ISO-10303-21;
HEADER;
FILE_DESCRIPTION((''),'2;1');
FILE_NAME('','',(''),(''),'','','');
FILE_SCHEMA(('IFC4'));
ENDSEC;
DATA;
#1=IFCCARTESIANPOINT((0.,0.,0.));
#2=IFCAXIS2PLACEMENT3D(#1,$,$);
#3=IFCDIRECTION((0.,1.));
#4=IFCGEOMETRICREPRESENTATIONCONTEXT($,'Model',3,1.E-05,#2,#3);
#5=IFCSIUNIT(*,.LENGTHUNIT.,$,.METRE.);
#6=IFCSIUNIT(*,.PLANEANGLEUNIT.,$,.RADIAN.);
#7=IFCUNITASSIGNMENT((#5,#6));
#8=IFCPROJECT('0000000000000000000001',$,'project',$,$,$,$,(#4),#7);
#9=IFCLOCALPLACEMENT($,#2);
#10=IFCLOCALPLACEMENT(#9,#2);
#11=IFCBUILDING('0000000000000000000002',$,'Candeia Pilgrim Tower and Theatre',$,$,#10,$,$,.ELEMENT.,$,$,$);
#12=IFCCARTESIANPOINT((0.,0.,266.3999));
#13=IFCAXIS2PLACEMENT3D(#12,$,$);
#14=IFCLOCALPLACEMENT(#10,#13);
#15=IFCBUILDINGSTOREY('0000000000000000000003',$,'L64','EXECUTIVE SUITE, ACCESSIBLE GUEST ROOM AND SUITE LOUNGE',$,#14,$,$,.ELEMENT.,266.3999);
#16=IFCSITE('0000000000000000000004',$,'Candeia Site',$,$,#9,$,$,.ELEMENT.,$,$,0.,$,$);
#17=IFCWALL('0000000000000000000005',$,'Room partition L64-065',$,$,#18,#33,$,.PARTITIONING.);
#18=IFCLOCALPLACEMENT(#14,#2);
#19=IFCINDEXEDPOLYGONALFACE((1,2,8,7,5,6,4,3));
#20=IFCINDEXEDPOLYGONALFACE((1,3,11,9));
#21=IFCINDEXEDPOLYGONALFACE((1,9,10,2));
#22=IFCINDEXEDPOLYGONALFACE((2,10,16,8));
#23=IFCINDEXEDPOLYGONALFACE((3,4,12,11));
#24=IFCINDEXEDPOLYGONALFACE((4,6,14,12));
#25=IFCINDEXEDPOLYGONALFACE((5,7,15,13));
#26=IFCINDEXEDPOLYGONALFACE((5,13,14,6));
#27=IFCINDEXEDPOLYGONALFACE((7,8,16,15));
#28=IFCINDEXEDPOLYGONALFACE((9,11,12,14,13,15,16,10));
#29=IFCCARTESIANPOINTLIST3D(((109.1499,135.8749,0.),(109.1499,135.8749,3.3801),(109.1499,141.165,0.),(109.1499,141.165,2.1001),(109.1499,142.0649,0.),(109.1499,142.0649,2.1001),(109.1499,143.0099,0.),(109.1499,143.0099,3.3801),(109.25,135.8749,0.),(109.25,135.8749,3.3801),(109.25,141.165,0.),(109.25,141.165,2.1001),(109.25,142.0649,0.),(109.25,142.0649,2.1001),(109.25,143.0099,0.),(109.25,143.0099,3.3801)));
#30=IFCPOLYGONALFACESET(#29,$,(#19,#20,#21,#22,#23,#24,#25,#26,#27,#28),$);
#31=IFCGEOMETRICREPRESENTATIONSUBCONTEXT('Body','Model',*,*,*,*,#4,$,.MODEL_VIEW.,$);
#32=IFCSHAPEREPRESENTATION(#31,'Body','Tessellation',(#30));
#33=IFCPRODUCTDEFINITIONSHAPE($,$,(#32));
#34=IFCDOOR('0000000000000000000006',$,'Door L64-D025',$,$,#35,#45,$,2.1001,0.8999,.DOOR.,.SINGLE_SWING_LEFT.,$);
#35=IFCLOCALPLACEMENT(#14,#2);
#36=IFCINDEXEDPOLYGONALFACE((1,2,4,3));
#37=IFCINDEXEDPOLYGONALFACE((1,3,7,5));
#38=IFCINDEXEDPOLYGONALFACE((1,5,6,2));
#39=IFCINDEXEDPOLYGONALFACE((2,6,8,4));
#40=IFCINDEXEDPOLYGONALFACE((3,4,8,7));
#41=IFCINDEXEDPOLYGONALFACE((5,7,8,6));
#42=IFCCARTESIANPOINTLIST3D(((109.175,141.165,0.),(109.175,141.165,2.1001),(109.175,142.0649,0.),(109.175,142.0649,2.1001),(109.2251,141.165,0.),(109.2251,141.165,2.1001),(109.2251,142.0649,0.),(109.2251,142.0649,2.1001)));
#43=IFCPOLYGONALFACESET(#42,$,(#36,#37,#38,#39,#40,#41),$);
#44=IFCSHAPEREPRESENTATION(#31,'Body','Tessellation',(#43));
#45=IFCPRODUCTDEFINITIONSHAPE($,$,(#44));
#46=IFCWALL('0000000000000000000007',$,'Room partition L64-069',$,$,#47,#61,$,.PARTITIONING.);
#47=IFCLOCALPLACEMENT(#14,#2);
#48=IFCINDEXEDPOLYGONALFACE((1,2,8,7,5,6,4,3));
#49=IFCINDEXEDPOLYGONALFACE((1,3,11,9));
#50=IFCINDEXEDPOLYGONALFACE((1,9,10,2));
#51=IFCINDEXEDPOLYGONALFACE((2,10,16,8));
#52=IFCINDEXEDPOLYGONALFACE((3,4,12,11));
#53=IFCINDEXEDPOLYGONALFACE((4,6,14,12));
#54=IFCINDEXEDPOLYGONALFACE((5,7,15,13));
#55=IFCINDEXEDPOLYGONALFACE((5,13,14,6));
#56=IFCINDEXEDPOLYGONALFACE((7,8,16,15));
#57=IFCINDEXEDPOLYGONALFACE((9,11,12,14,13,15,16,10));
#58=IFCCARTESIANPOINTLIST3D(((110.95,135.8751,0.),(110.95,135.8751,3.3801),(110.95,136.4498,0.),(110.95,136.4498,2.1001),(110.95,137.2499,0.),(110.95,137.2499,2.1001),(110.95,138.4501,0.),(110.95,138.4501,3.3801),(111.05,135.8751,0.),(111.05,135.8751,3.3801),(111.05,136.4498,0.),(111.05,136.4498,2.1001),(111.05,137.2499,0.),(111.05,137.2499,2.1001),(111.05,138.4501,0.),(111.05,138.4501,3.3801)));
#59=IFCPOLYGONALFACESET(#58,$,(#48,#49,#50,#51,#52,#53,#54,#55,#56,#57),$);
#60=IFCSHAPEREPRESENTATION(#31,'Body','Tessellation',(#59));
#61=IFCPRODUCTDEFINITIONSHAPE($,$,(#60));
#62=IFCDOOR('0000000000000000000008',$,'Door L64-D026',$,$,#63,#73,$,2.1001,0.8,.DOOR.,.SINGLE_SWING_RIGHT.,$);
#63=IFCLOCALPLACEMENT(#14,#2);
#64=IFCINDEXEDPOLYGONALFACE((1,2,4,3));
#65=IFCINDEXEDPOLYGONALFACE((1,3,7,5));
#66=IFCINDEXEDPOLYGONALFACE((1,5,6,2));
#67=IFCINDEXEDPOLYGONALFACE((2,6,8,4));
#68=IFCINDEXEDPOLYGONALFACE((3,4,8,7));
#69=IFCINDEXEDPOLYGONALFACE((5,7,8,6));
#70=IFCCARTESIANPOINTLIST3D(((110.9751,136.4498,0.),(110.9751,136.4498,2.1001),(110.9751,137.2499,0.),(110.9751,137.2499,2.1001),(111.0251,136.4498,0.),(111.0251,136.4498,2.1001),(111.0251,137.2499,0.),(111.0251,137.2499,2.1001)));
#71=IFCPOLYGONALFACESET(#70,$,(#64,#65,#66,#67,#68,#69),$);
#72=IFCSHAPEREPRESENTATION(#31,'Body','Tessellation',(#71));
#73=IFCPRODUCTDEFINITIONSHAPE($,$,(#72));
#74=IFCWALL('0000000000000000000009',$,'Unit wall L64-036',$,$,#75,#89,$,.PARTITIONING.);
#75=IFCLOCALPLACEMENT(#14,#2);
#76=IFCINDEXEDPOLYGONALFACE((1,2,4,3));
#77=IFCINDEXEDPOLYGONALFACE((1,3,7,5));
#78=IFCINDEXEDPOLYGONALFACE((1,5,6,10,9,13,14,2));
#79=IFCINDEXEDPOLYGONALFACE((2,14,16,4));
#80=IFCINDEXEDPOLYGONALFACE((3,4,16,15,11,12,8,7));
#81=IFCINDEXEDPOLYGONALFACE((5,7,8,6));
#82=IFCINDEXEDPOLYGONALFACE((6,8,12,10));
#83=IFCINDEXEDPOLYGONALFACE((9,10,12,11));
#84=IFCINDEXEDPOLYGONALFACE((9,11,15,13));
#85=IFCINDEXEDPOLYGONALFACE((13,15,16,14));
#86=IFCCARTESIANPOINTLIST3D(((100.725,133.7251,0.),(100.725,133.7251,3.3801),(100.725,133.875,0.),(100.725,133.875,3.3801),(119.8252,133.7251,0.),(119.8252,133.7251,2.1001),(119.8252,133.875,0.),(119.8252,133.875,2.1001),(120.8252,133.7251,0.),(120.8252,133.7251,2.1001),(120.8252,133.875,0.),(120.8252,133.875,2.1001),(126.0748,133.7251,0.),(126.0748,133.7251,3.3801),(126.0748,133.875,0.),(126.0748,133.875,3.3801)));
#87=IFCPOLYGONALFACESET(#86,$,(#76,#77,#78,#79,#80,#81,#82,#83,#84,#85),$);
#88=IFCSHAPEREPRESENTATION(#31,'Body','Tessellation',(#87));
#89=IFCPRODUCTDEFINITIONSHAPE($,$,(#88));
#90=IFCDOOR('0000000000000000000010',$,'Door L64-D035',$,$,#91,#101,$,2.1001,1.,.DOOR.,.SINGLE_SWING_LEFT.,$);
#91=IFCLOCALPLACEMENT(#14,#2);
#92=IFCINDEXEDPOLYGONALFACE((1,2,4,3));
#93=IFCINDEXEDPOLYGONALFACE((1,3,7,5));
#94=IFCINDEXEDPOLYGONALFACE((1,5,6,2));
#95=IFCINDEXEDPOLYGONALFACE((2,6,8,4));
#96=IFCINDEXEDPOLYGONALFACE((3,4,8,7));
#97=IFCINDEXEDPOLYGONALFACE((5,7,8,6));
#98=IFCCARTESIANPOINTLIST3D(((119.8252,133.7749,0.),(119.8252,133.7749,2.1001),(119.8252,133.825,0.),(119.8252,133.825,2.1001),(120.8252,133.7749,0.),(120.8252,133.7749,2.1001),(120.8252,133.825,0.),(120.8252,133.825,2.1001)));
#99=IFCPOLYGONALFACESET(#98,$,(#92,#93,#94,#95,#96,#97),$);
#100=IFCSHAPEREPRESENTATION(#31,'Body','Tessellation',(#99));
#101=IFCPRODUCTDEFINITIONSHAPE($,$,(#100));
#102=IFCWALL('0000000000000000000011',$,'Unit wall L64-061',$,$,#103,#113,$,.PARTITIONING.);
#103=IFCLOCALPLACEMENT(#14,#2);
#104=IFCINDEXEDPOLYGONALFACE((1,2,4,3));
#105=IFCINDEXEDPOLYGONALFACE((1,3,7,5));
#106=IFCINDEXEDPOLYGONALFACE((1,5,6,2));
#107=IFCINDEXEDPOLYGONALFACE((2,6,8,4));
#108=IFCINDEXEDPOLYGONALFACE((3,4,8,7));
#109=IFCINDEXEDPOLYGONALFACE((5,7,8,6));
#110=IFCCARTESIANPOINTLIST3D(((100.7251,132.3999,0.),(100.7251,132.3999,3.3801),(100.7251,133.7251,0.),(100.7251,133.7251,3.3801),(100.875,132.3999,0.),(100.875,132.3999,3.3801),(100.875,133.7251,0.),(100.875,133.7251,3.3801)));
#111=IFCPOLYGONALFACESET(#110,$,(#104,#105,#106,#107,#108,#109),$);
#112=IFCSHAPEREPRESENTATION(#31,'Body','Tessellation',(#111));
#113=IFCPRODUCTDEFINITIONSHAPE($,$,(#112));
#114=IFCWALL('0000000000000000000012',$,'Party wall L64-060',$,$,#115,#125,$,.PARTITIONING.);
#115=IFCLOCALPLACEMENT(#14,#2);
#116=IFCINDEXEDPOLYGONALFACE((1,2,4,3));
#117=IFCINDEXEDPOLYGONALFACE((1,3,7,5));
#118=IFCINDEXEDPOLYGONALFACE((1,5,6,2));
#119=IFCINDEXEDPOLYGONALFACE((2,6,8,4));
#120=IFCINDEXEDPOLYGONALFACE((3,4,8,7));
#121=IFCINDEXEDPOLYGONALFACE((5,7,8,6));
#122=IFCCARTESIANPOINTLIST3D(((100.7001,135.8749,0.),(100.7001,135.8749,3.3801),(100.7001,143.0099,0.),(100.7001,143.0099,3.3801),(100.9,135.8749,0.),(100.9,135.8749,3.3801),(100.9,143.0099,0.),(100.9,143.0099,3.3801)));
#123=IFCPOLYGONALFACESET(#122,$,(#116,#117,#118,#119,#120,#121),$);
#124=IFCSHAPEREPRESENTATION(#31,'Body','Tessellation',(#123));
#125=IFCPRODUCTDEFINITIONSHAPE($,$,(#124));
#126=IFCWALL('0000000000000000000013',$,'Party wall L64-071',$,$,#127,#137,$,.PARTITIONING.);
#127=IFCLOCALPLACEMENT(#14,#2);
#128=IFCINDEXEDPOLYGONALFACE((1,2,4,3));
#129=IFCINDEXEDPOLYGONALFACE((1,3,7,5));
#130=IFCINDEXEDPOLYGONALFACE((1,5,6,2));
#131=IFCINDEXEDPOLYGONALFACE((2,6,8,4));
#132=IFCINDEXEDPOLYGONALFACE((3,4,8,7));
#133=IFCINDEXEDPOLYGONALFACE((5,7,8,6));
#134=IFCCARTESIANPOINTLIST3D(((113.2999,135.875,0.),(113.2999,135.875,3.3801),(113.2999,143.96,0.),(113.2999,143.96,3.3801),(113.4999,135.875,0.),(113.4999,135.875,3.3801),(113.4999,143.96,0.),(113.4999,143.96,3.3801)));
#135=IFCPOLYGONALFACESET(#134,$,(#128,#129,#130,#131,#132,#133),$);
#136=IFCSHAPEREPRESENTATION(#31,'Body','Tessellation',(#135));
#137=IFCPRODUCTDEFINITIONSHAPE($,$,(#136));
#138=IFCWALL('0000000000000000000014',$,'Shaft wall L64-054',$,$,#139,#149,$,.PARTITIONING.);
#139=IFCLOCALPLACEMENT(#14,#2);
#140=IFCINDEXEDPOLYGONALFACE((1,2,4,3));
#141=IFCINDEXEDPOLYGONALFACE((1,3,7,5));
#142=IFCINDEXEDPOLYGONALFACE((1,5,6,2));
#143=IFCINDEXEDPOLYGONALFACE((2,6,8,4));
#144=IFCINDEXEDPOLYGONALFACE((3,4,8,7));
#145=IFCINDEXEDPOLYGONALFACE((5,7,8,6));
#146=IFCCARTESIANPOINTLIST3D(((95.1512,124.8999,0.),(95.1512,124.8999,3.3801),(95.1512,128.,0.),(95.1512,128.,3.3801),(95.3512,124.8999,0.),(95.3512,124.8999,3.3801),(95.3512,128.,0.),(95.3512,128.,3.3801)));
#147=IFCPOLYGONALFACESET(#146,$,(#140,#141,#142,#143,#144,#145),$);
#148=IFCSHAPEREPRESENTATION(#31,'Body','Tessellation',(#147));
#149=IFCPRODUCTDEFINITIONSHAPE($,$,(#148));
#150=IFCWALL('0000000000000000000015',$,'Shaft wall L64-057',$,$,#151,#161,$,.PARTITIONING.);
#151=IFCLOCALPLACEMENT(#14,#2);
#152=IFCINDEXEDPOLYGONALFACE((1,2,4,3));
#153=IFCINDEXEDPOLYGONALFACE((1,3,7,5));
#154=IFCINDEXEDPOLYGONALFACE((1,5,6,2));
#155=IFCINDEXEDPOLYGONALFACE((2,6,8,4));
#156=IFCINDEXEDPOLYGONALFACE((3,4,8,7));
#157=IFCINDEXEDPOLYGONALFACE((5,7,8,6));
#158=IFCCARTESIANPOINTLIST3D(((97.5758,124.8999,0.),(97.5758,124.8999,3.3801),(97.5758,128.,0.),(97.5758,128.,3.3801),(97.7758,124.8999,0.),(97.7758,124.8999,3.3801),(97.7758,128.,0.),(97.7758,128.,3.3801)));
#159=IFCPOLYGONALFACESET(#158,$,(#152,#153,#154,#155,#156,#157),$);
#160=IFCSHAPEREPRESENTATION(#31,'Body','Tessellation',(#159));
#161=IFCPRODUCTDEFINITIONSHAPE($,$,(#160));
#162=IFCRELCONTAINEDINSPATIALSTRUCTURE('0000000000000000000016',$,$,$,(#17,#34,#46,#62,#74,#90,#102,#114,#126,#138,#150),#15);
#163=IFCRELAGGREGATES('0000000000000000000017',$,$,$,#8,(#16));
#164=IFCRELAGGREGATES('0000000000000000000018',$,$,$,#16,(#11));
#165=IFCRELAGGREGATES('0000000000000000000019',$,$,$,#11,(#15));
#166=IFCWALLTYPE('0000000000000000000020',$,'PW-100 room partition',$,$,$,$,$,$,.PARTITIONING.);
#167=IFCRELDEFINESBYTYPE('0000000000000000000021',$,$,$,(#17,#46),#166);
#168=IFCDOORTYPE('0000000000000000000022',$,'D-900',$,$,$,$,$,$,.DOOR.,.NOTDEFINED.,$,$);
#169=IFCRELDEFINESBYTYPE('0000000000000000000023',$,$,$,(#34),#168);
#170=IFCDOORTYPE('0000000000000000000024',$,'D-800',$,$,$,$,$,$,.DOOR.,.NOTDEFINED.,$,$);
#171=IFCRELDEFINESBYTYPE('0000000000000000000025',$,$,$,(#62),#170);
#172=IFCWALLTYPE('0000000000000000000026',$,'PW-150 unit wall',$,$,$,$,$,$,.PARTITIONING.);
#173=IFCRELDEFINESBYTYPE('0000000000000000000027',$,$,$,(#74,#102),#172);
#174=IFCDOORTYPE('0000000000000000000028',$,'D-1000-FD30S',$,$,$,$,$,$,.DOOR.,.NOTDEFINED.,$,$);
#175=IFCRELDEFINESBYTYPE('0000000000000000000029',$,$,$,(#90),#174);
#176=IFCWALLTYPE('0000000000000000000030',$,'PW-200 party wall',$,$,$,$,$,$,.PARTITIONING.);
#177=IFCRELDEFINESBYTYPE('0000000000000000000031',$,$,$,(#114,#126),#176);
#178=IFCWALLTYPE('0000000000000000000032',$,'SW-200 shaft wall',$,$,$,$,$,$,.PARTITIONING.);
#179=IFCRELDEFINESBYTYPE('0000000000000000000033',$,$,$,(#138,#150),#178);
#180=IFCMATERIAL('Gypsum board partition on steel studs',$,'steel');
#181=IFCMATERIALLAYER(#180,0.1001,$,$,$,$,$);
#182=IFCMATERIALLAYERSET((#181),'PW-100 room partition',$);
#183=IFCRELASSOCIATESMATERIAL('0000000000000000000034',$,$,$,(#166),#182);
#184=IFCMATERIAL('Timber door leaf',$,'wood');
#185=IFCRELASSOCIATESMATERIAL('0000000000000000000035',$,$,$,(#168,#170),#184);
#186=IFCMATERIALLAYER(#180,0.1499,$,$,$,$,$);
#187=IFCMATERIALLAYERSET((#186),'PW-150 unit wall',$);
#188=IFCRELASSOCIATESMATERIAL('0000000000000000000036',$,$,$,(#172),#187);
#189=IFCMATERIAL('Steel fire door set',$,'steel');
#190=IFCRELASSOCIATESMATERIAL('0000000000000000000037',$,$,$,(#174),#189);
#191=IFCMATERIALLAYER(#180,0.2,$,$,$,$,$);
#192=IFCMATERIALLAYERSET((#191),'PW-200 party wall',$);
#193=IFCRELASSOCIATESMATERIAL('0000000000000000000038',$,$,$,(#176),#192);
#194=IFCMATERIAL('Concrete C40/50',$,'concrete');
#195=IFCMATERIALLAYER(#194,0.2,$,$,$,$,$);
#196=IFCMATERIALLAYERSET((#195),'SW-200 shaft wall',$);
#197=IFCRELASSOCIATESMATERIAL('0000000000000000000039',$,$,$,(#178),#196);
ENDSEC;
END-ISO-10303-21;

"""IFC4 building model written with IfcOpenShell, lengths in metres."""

from ifc_helpers import new_model, si_unit, direction, frame, frame_2d, origin, place, context, subcontext, project, spatial, rectangle, extrude, material, layer, layer_set, type_object, element, fill, save


model = new_model("IFC4")

# Units and contexts
model_context = context("Model", 3, precision=1e-05, world=origin(), true_north=direction((0.0, 1.0)))
body_context = subcontext(model_context, "Body", "Model", "MODEL_VIEW")
ifc_project = project(units=[si_unit("LENGTHUNIT", "METRE"), si_unit("PLANEANGLEUNIT", "RADIAN")], contexts=[model_context])

# Site, building, storey
site_placement = place(None, origin())
site = spatial("IfcSite", under=ifc_project, at=site_placement, Name="Candeia Site", CompositionType="ELEMENT", RefElevation=0.0)
building_placement = place(site_placement, origin())
building = spatial("IfcBuilding", under=site, at=building_placement, Name="Candeia Pilgrim Tower and Theatre", CompositionType="ELEMENT")
storey_placement = place(building_placement, frame((0.0, 0.0, 266.3999)))
storey = spatial("IfcBuildingStorey", under=building, at=storey_placement, Name="L64", Description="EXECUTIVE SUITE, ACCESSIBLE GUEST ROOM AND SUITE LOUNGE", CompositionType="ELEMENT", Elevation=266.3999)

# Shared definitions
ifc_material_1 = material(Name="Concrete C40/50", Category="concrete")

# Shared definitions
ifc_material_2 = material(Name="Steel fire door set", Category="steel")

# Shared definitions
ifc_material_3 = material(Name="Gypsum board partition on steel studs", Category="steel")
ifc_layer_1 = layer(ifc_material_3, 0.1001)
ifc_layer_set_1 = layer_set([ifc_layer_1], Name="PW-100 room partition")
wall_type_1 = type_object("IfcWallType", Name="PW-100 room partition", PredefinedType="PARTITIONING", material=ifc_layer_set_1)

# Walls, openings, doors
ifc_material_4 = material(Name="Timber door leaf", Category="wood")
door_type_1 = type_object("IfcDoorType", Name="D-900", OperationType="NOTDEFINED", PredefinedType="DOOR", material=ifc_material_4)
wall_1_placement = place(storey_placement, frame((109.2, 135.875, 0.0), z_axis=(0.0, 0.0, 1.0), x_axis=(0.0, 1.0, 0.0)))
wall_1 = element("IfcWall", 1, at=wall_1_placement, inside=storey, type_object=wall_type_1, Name="Room partition L64-065", PredefinedType="PARTITIONING", context=body_context, shape_type="SweptSolid", body=[
    extrude(rectangle(XDim=7.135, YDim=0.1001, at=frame_2d((3.5674, 0.0))), origin(), (0.0, 0.0, 1.0), 3.3801),
])
opening_1_placement = place(wall_1_placement, frame((5.29, 0.0, 0.0)))
opening_1 = element("IfcOpeningElement", 2, at=opening_1_placement, cuts=wall_1, PredefinedType="OPENING", context=body_context, shape_type="SweptSolid", body=[
    extrude(rectangle(XDim=0.8999, YDim=2.1001, at=frame_2d((0.45, 1.05))), frame((0.0, 0.0601, 0.0), z_axis=(0.0, -1.0, 0.0), x_axis=(1.0, 0.0, 0.0)), (0.0, 0.0, 1.0), 0.1201),
])
door_1_placement = place(opening_1_placement, origin())
door_1 = element("IfcDoor", 3, at=door_1_placement, inside=storey, type_object=door_type_1, Name="Door L64-D025", OperationType="SINGLE_SWING_LEFT", OverallHeight=2.1001, OverallWidth=0.8999, PredefinedType="DOOR", context=body_context, shape_type="SweptSolid", body=[
    extrude(rectangle(XDim=0.8999, YDim=2.1001, at=frame_2d((0.45, 1.05))), frame((0.0, 0.0249, 0.0), z_axis=(0.0, -1.0, 0.0), x_axis=(1.0, 0.0, 0.0)), (0.0, 0.0, 1.0), 0.05),
])
fill(opening_1, door_1)
wall_2_placement = place(storey_placement, frame((111.0, 135.875, 0.0), z_axis=(0.0, 0.0, 1.0), x_axis=(0.0, 1.0, 0.0)))
wall_2 = element("IfcWall", 4, at=wall_2_placement, inside=storey, type_object=wall_type_1, Name="Room partition L64-069", PredefinedType="PARTITIONING", context=body_context, shape_type="SweptSolid", body=[
    extrude(rectangle(XDim=2.575, YDim=0.1001, at=frame_2d((1.2876, 0.0))), origin(), (0.0, 0.0, 1.0), 3.3801),
])
opening_2_placement = place(wall_2_placement, frame((0.575, 0.0, 0.0)))
opening_2 = element("IfcOpeningElement", 5, at=opening_2_placement, cuts=wall_2, PredefinedType="OPENING", context=body_context, shape_type="SweptSolid", body=[
    extrude(rectangle(XDim=0.8, YDim=2.1001, at=frame_2d((0.3999, 1.05))), frame((0.0, 0.0601, 0.0), z_axis=(0.0, -1.0, 0.0), x_axis=(1.0, 0.0, 0.0)), (0.0, 0.0, 1.0), 0.1201),
])
door_type_2 = type_object("IfcDoorType", Name="D-800", OperationType="NOTDEFINED", PredefinedType="DOOR", material=ifc_material_4)
door_2_placement = place(opening_2_placement, origin())
door_2 = element("IfcDoor", 6, at=door_2_placement, inside=storey, type_object=door_type_2, Name="Door L64-D026", OperationType="SINGLE_SWING_RIGHT", OverallHeight=2.1001, OverallWidth=0.8, PredefinedType="DOOR", context=body_context, shape_type="SweptSolid", body=[
    extrude(rectangle(XDim=0.8, YDim=2.1001, at=frame_2d((0.3999, 1.05))), frame((0.0, 0.0249, 0.0), z_axis=(0.0, -1.0, 0.0), x_axis=(1.0, 0.0, 0.0)), (0.0, 0.0, 1.0), 0.05),
])
fill(opening_2, door_2)
ifc_layer_2 = layer(ifc_material_3, 0.1499)
ifc_layer_set_2 = layer_set([ifc_layer_2], Name="PW-150 unit wall")
wall_type_2 = type_object("IfcWallType", Name="PW-150 unit wall", PredefinedType="PARTITIONING", material=ifc_layer_set_2)
wall_3_placement = place(storey_placement, frame((100.7251, 133.8, 0.0), z_axis=(0.0, 0.0, 1.0), x_axis=(1.0, 0.0, 0.0)))
wall_3 = element("IfcWall", 7, at=wall_3_placement, inside=storey, type_object=wall_type_2, Name="Unit wall L64-036", PredefinedType="PARTITIONING", context=body_context, shape_type="SweptSolid", body=[
    extrude(rectangle(XDim=25.3499, YDim=0.1499, at=frame_2d((12.6748, 0.0))), origin(), (0.0, 0.0, 1.0), 3.3801),
])
opening_3_placement = place(wall_3_placement, frame((19.1001, 0.0, 0.0)))
opening_3 = element("IfcOpeningElement", 8, at=opening_3_placement, cuts=wall_3, PredefinedType="OPENING", context=body_context, shape_type="SweptSolid", body=[
    extrude(rectangle(XDim=1.0, YDim=2.1001, at=frame_2d((0.5, 1.05))), frame((0.0, 0.085, 0.0), z_axis=(0.0, -1.0, 0.0), x_axis=(1.0, 0.0, 0.0)), (0.0, 0.0, 1.0), 0.1699),
])
door_type_3 = type_object("IfcDoorType", Name="D-1000-FD30S", OperationType="NOTDEFINED", PredefinedType="DOOR", material=ifc_material_2)
door_3_placement = place(opening_3_placement, origin())
door_3 = element("IfcDoor", 9, at=door_3_placement, inside=storey, type_object=door_type_3, Name="Door L64-D035", OperationType="SINGLE_SWING_LEFT", OverallHeight=2.1001, OverallWidth=1.0, PredefinedType="DOOR", context=body_context, shape_type="SweptSolid", body=[
    extrude(rectangle(XDim=1.0, YDim=2.1001, at=frame_2d((0.5, 1.05))), frame((0.0, 0.0249, 0.0), z_axis=(0.0, -1.0, 0.0), x_axis=(1.0, 0.0, 0.0)), (0.0, 0.0, 1.0), 0.05),
])
fill(opening_3, door_3)

# Walls
wall_4_placement = place(storey_placement, frame((100.8, 132.3999, 0.0), z_axis=(0.0, 0.0, 1.0), x_axis=(0.0, 1.0, 0.0)))
element("IfcWall", 10, at=wall_4_placement, inside=storey, type_object=wall_type_2, Name="Unit wall L64-061", PredefinedType="PARTITIONING", context=body_context, shape_type="SweptSolid", body=[
    extrude(rectangle(XDim=1.3252, YDim=0.1499, at=frame_2d((0.6626, 0.0))), origin(), (0.0, 0.0, 1.0), 3.3801),
])
ifc_layer_3 = layer(ifc_material_3, 0.2)
ifc_layer_set_3 = layer_set([ifc_layer_3], Name="PW-200 party wall")
wall_type_3 = type_object("IfcWallType", Name="PW-200 party wall", PredefinedType="PARTITIONING", material=ifc_layer_set_3)
wall_5_placement = place(storey_placement, frame((100.8, 135.875, 0.0), z_axis=(0.0, 0.0, 1.0), x_axis=(0.0, 1.0, 0.0)))
element("IfcWall", 11, at=wall_5_placement, inside=storey, type_object=wall_type_3, Name="Party wall L64-060", PredefinedType="PARTITIONING", context=body_context, shape_type="SweptSolid", body=[
    extrude(rectangle(XDim=7.135, YDim=0.2, at=frame_2d((3.5674, 0.0))), origin(), (0.0, 0.0, 1.0), 3.3801),
])
wall_6_placement = place(storey_placement, frame((113.3999, 135.875, 0.0), z_axis=(0.0, 0.0, 1.0), x_axis=(0.0, 1.0, 0.0)))
element("IfcWall", 12, at=wall_6_placement, inside=storey, type_object=wall_type_3, Name="Party wall L64-071", PredefinedType="PARTITIONING", context=body_context, shape_type="SweptSolid", body=[
    extrude(rectangle(XDim=8.085, YDim=0.2, at=frame_2d((4.0425, 0.0))), origin(), (0.0, 0.0, 1.0), 3.3801),
])
ifc_layer_4 = layer(ifc_material_1, 0.2)
ifc_layer_set_4 = layer_set([ifc_layer_4], Name="SW-200 shaft wall")
wall_type_4 = type_object("IfcWallType", Name="SW-200 shaft wall", PredefinedType="PARTITIONING", material=ifc_layer_set_4)
for number, where, z_axis, x_axis, name in (
    (13, (95.2512, 124.8999, 0.0), (0.0, 0.0, 1.0), (0.0, 1.0, 0.0), "Shaft wall L64-054"),
    (14, (97.6758, 124.8999, 0.0), (0.0, 0.0, 1.0), (0.0, 1.0, 0.0), "Shaft wall L64-057"),
):
    element("IfcWall", number, at=place(storey_placement, frame(where, z_axis=z_axis, x_axis=x_axis)), inside=storey, type_object=wall_type_4, Name=name, PredefinedType="PARTITIONING", context=body_context, shape_type="SweptSolid", body=[
        extrude(rectangle(XDim=3.1001, YDim=0.2, at=frame_2d((1.55, 0.0))), origin(), (0.0, 0.0, 1.0), 3.3801),
    ])

save(model, "model.ifc")
